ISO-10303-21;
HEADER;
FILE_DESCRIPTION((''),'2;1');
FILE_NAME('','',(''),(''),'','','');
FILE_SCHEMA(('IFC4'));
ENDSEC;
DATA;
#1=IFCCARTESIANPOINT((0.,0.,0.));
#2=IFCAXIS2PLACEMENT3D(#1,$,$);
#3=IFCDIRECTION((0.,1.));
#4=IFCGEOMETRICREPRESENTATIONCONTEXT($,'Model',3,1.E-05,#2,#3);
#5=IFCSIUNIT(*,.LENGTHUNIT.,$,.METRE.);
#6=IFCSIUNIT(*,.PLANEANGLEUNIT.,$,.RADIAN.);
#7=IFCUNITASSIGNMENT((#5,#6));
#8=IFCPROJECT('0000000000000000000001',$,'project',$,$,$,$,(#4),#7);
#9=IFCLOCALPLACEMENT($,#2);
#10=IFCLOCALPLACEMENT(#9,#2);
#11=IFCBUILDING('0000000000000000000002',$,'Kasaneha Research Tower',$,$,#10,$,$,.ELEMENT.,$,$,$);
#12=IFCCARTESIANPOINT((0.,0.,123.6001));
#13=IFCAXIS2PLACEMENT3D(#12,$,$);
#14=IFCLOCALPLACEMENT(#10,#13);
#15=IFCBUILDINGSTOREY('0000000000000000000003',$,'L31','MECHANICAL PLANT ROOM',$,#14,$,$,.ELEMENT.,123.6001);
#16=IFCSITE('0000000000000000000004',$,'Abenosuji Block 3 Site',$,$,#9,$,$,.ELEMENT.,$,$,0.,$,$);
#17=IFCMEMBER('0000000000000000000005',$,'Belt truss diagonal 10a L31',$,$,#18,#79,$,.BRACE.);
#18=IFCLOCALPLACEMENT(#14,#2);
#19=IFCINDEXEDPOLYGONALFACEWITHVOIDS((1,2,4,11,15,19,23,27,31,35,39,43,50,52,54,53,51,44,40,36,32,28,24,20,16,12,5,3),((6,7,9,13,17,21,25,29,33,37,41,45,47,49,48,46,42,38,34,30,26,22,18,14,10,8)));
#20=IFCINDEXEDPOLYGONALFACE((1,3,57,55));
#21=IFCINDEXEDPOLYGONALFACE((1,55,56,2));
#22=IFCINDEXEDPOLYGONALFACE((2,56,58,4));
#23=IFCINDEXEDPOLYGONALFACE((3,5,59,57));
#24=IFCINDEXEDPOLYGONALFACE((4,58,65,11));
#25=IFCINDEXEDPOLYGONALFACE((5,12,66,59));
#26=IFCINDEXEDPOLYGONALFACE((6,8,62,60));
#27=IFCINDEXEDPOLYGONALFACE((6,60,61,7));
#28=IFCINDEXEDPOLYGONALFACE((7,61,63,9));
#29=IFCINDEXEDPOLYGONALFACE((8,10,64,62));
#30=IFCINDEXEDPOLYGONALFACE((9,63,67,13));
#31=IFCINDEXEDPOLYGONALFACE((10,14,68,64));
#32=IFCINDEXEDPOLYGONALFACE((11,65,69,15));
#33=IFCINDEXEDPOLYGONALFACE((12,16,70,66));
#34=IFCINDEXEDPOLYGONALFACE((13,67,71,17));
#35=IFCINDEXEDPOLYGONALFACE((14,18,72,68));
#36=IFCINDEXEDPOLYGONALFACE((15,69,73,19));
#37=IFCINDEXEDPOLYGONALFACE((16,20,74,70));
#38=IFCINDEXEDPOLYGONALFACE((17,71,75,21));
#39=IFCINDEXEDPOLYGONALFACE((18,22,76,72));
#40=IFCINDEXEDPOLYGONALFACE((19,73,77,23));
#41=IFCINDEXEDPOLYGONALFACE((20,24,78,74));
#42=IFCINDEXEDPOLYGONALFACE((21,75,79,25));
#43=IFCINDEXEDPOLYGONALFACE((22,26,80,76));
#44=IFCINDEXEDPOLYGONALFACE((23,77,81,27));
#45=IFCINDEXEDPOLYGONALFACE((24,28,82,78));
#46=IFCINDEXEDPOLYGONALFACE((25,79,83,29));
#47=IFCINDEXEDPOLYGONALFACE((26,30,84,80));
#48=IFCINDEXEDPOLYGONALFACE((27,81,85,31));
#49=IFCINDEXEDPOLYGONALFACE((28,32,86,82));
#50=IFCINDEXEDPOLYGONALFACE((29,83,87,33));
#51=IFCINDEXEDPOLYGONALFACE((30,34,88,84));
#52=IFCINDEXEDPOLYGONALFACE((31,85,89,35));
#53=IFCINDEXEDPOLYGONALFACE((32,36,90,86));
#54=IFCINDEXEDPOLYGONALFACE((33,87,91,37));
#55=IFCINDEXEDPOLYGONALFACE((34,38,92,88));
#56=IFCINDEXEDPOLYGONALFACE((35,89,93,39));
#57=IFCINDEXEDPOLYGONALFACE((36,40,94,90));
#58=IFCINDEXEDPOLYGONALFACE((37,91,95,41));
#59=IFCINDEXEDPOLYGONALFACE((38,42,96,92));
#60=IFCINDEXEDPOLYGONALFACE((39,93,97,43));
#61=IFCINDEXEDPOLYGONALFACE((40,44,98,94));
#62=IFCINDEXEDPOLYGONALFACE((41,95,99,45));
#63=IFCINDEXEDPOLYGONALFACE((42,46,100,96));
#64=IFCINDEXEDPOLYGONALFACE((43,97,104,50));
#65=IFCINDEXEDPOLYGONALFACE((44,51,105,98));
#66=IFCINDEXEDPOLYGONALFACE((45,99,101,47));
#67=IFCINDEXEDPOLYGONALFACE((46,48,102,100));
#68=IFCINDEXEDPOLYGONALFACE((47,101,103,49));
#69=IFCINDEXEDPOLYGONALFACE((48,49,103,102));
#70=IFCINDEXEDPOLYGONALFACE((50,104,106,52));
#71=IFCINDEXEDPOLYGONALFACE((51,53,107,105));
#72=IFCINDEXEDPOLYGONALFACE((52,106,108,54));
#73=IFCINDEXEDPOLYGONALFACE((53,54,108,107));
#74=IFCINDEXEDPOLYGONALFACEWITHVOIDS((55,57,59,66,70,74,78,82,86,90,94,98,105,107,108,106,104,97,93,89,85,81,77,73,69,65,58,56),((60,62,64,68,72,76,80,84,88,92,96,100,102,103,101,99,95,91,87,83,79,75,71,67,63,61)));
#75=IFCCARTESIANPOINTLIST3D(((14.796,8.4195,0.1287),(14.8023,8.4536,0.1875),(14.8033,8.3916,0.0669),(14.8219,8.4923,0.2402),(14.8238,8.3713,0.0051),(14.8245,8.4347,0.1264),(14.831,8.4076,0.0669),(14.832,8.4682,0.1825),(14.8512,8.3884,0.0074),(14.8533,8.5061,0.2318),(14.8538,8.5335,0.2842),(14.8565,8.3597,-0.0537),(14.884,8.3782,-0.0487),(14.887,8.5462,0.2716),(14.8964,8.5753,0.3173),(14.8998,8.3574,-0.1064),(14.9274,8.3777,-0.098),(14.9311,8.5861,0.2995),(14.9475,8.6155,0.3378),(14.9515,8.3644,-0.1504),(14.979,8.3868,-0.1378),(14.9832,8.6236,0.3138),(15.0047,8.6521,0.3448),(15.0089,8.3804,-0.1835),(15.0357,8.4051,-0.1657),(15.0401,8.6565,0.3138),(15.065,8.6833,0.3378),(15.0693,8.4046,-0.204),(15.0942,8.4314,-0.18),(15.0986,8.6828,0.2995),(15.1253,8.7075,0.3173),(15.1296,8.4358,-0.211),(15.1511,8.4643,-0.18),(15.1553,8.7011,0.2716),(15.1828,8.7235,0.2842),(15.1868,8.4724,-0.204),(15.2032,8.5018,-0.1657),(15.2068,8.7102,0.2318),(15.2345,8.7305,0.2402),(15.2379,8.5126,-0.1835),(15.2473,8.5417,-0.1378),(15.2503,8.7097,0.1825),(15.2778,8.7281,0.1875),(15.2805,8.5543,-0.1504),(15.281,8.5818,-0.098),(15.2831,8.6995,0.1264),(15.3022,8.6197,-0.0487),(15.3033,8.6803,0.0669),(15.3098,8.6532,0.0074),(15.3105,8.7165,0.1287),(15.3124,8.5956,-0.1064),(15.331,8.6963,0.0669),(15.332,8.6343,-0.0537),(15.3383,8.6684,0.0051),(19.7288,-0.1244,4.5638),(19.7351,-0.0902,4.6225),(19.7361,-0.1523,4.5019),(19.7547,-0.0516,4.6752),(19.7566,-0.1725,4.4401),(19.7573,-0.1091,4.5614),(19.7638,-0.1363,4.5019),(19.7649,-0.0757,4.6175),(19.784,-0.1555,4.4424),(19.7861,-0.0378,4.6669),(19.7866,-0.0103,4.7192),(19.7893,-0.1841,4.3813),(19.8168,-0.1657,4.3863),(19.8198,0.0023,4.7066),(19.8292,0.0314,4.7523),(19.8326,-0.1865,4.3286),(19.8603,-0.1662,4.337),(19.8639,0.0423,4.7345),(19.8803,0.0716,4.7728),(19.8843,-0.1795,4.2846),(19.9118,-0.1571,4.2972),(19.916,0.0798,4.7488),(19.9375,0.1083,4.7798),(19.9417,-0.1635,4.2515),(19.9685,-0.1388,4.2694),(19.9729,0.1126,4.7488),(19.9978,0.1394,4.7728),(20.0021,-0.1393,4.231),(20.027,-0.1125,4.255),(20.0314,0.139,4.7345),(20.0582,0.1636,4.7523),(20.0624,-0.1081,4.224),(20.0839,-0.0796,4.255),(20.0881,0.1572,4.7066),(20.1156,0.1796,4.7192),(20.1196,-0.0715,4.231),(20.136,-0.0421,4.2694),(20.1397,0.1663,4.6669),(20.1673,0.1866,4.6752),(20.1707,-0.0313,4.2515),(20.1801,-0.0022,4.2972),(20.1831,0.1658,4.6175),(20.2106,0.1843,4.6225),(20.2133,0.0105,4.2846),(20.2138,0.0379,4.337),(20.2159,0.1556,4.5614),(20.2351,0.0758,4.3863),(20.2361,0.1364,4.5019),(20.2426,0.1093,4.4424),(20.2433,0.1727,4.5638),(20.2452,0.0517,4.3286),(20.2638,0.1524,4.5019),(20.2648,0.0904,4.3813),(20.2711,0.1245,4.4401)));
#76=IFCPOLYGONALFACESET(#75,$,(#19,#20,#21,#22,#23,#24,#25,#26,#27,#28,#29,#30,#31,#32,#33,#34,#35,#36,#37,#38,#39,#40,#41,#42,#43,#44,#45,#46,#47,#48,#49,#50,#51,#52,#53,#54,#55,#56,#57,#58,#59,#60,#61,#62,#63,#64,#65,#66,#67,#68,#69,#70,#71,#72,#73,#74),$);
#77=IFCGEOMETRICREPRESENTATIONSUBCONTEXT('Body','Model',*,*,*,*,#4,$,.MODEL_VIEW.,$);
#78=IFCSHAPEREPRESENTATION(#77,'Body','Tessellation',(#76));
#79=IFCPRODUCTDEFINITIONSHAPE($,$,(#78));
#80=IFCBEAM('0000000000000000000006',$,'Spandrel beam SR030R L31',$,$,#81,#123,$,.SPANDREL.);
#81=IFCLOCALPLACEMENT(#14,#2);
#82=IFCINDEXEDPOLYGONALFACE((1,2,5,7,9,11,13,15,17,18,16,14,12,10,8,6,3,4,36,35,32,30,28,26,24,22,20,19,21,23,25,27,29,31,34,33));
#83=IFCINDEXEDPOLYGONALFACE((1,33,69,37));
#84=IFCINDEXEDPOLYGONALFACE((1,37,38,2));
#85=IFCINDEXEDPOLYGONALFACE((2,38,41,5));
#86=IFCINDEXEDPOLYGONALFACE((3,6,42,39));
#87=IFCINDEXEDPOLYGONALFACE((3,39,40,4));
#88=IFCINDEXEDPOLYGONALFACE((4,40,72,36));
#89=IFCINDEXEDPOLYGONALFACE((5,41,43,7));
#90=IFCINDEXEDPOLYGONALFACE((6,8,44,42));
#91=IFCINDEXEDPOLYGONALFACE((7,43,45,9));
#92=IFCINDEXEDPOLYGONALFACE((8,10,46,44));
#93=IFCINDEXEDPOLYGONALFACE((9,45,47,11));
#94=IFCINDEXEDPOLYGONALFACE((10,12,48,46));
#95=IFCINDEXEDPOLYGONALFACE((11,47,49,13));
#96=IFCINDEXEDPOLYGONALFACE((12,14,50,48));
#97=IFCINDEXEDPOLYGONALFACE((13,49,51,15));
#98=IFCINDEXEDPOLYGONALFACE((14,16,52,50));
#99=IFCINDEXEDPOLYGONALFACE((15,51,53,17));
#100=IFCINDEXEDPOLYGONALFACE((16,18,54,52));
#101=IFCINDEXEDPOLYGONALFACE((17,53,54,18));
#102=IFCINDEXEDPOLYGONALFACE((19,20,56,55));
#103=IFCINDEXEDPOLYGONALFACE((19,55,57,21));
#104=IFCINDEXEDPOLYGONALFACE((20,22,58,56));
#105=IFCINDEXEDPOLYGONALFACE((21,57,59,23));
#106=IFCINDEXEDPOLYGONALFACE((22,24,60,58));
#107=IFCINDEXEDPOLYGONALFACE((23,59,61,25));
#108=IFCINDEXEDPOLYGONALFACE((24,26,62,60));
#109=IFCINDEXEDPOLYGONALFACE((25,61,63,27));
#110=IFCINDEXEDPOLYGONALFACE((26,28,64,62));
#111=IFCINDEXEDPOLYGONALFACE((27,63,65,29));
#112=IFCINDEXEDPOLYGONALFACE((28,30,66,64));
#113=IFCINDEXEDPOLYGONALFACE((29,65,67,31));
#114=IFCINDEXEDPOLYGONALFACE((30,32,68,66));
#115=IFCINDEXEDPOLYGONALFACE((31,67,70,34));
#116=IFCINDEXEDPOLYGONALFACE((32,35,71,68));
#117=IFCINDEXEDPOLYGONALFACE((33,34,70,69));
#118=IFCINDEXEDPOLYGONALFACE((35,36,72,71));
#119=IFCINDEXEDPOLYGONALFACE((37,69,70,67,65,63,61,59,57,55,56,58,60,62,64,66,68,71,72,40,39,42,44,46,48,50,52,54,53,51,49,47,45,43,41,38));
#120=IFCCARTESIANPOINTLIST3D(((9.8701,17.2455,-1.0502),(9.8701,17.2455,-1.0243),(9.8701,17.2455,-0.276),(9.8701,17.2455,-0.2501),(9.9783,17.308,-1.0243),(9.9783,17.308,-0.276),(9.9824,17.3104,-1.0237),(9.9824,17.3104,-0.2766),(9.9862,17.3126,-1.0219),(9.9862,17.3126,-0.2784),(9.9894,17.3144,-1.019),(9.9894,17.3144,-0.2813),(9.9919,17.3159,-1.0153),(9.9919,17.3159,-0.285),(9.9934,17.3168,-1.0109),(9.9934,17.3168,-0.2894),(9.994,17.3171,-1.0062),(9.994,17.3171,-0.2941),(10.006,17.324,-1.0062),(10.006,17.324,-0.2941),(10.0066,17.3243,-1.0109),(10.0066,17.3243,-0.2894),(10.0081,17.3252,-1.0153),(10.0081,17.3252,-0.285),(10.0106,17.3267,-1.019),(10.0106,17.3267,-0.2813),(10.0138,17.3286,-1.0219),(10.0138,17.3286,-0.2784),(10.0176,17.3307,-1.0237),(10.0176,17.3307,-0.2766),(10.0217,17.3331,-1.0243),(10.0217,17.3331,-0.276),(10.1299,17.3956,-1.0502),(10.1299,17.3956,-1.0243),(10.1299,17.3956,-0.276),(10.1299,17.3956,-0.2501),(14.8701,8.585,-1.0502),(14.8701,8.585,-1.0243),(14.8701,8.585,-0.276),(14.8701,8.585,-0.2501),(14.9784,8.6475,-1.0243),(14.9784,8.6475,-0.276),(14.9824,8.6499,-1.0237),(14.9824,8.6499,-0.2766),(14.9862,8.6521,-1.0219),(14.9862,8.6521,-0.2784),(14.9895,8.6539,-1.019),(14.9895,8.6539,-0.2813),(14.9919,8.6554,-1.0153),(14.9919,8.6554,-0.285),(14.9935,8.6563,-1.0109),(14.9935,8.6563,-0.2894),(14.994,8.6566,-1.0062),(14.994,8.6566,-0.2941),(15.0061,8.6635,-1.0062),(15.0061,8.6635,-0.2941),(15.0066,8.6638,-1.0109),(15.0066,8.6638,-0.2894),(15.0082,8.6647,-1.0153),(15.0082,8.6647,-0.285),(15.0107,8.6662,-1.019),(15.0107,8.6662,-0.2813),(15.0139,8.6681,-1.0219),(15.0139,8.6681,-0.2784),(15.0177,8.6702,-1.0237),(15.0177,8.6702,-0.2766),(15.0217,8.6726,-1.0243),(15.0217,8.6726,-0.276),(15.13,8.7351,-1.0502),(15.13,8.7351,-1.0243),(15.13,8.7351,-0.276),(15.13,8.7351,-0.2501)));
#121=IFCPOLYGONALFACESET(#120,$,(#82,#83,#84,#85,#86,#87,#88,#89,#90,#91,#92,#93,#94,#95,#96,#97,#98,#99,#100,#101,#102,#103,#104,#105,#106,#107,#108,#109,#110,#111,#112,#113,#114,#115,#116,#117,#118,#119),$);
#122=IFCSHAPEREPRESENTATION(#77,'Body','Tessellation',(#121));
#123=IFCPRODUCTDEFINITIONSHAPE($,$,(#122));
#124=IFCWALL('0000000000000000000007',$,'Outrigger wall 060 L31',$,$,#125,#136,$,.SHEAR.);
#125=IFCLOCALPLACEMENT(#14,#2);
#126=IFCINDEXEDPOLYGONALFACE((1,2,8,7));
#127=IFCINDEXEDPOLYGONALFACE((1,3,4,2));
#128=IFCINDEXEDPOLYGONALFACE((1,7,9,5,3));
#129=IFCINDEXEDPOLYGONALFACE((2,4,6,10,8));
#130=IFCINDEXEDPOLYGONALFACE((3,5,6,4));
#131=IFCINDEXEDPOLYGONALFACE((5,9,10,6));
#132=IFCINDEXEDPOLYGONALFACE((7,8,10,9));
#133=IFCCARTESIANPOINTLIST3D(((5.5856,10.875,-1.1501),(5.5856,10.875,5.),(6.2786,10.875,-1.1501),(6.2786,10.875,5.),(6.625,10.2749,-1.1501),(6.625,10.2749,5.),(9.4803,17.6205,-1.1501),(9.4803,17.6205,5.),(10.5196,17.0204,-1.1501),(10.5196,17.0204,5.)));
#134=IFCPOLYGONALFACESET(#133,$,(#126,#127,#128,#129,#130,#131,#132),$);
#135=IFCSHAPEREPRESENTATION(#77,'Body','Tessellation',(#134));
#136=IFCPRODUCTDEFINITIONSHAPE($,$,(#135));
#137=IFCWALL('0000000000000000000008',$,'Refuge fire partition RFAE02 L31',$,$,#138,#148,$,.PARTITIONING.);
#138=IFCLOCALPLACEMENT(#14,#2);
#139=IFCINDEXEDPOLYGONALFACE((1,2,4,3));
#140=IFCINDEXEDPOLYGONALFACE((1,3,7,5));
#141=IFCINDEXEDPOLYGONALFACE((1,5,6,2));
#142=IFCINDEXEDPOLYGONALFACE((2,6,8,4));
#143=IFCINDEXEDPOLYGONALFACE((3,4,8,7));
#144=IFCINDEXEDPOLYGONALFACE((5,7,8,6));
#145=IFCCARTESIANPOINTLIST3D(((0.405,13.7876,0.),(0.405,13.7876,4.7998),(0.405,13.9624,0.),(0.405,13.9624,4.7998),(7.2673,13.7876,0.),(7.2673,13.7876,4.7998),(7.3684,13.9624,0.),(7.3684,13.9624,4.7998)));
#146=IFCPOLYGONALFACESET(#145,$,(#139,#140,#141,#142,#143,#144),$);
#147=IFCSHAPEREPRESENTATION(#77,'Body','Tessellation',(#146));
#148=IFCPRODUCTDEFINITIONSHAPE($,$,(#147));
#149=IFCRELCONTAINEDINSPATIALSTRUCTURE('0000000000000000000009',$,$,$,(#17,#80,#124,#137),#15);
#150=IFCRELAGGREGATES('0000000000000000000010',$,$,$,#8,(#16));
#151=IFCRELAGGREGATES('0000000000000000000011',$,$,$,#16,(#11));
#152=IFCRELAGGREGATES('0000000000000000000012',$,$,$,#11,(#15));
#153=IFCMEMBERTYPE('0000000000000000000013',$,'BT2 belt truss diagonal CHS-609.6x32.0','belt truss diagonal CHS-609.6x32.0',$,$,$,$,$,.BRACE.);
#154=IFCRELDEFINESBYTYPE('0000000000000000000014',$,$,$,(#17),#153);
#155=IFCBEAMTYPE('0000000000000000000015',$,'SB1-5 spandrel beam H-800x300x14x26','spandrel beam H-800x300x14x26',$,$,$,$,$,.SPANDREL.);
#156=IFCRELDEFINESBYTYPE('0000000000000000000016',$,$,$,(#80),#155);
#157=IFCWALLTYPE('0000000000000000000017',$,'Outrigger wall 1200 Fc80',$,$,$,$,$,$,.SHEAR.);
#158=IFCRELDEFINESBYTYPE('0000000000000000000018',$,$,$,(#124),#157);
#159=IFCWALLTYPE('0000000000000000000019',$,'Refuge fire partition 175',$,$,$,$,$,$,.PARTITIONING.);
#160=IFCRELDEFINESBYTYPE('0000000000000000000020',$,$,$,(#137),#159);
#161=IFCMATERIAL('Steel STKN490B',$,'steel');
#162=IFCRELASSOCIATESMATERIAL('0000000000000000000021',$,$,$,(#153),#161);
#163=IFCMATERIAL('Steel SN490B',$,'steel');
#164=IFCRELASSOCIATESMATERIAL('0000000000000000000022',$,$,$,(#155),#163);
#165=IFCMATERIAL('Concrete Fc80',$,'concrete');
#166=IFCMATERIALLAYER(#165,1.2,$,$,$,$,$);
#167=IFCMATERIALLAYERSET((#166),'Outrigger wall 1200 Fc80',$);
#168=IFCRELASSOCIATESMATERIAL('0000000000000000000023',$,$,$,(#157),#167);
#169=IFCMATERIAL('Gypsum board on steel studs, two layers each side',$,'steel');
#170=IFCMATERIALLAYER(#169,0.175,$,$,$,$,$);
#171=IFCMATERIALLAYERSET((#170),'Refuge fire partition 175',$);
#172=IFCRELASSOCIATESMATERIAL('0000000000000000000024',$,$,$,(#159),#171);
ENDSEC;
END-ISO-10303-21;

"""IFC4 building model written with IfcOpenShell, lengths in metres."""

from ifc_helpers import new_model, si_unit, direction, frame, origin, origin_2d, place, context, subcontext, project, spatial, polyline, hollow_circle, i_section, outline, extrude, material, layer, layer_set, material_profile, profile_set, type_object, element, save


model = new_model("IFC4")

# Units and contexts
model_context = context("Model", 3, precision=1e-05, world=origin(), true_north=direction((0.0, 1.0)))
body_context = subcontext(model_context, "Body", "Model", "MODEL_VIEW")
ifc_project = project(units=[si_unit("LENGTHUNIT", "METRE"), si_unit("PLANEANGLEUNIT", "RADIAN")], contexts=[model_context])

# Site, building, storey
site_placement = place(None, origin())
site = spatial("IfcSite", under=ifc_project, at=site_placement, Name="Abenosuji Block 3 Site", CompositionType="ELEMENT", RefElevation=0.0)
building_placement = place(site_placement, origin())
building = spatial("IfcBuilding", under=site, at=building_placement, Name="Kasaneha Research Tower", CompositionType="ELEMENT")
storey_placement = place(building_placement, frame((0.0, 0.0, 123.6001)))
storey = spatial("IfcBuildingStorey", under=building, at=storey_placement, Name="L31", Description="MECHANICAL PLANT ROOM", CompositionType="ELEMENT", Elevation=123.6001)

# Member
ifc_material_1 = material(Name="Steel STKN490B", Category="steel")
ifc_material_profile_1 = material_profile(ifc_material_1, hollow_circle(Radius=0.3047, WallThickness=0.032, at=origin_2d()), Name="CHS-609.6x32.0")
ifc_profile_set_1 = profile_set([ifc_material_profile_1], Name="Steel STKN490B")
member_type = type_object("IfcMemberType", Name="BT2 belt truss diagonal CHS-609.6x32.0", Description="belt truss diagonal CHS-609.6x32.0", PredefinedType="BRACE", material=ifc_profile_set_1)
member_placement = place(storey_placement, frame((15.0671, 8.5439, 0.0669), z_axis=(0.45604, -0.789882, 0.410018), x_axis=(0.866025, 0.500001, 0.0)))
element("IfcMember", 1, at=member_placement, inside=storey, type_object=member_type, Name="Belt truss diagonal 10a L31", PredefinedType="BRACE", context=body_context, shape_type="SweptSolid", body=[
    extrude(hollow_circle(Radius=0.3047, WallThickness=0.032, at=origin_2d()), origin(), (0.0, 0.0, 1.0), 10.8167),
])

# Beam
ifc_material_2 = material(Name="Steel SN490B", Category="steel")
ifc_material_profile_2 = material_profile(ifc_material_2, i_section(OverallWidth=0.3, OverallDepth=0.8, WebThickness=0.0139, FlangeThickness=0.0259, FilletRadius=0.0181, at=origin_2d()), Name="H-800x300x14x26")
ifc_profile_set_2 = profile_set([ifc_material_profile_2], Name="Steel SN490B")
beam_type_1 = type_object("IfcBeamType", Name="SB1-5 spandrel beam H-800x300x14x26", Description="spandrel beam H-800x300x14x26", PredefinedType="SPANDREL", material=ifc_profile_set_2)
beam_1_placement = place(storey_placement, frame((10.0, 17.3206, -0.6501), z_axis=(0.499994, -0.866029, 0.0), x_axis=(0.866029, 0.499994, 0.0)))
element("IfcBeam", 2, at=beam_1_placement, inside=storey, type_object=beam_type_1, Name="Spandrel beam SR030R L31", PredefinedType="SPANDREL", context=body_context, shape_type="SweptSolid", body=[
    extrude(i_section(OverallWidth=0.3, OverallDepth=0.8, WebThickness=0.0139, FlangeThickness=0.0259, FilletRadius=0.0181, at=origin_2d()), origin(), (0.0, 0.0, 1.0), 10.0002),
])

# Walls
ifc_material_3 = material(Name="Concrete Fc80", Category="concrete")
ifc_layer_1 = layer(ifc_material_3, 1.2)
ifc_layer_set_1 = layer_set([ifc_layer_1], Name="Outrigger wall 1200 Fc80")
wall_type_1 = type_object("IfcWallType", Name="Outrigger wall 1200 Fc80", PredefinedType="SHEAR", material=ifc_layer_set_1)
wall_1_placement = place(storey_placement, frame((6.2786, 10.875, -1.1501), z_axis=(0.0, 0.0, 1.0), x_axis=(0.500009, 0.86602, 0.0)))
element("IfcWall", 3, at=wall_1_placement, inside=storey, type_object=wall_type_1, Name="Outrigger wall 060 L31", PredefinedType="SHEAR", context=body_context, shape_type="SweptSolid", body=[
    extrude(outline(polyline([(-0.3464, -0.6001), (7.4426, -0.6001), (7.4426, 0.6001), (-0.3464, 0.6001), (0.0, 0.0), (-0.3464, -0.6001)])), origin(), (0.0, 0.0, 1.0), 6.1501),
])
ifc_material_4 = material(Name="Gypsum board on steel studs, two layers each side", Category="steel")
ifc_layer_2 = layer(ifc_material_4, 0.175)
ifc_layer_set_2 = layer_set([ifc_layer_2], Name="Refuge fire partition 175")
wall_type_2 = type_object("IfcWallType", Name="Refuge fire partition 175", PredefinedType="PARTITIONING", material=ifc_layer_set_2)
wall_2_placement = place(storey_placement, frame((7.3179, 13.875, 0.0), z_axis=(0.0, 0.0, 1.0), x_axis=(-1.0, 0.0, 0.0)))
element("IfcWall", 4, at=wall_2_placement, inside=storey, type_object=wall_type_2, Name="Refuge fire partition RFAE02 L31", PredefinedType="PARTITIONING", context=body_context, shape_type="SweptSolid", body=[
    extrude(outline(polyline([(-0.0505, -0.0874), (6.9128, -0.0874), (6.9128, 0.0874), (0.0505, 0.0874), (-0.0505, -0.0874)])), origin(), (0.0, 0.0, 1.0), 4.7998),
])

save(model, "model.ifc")
